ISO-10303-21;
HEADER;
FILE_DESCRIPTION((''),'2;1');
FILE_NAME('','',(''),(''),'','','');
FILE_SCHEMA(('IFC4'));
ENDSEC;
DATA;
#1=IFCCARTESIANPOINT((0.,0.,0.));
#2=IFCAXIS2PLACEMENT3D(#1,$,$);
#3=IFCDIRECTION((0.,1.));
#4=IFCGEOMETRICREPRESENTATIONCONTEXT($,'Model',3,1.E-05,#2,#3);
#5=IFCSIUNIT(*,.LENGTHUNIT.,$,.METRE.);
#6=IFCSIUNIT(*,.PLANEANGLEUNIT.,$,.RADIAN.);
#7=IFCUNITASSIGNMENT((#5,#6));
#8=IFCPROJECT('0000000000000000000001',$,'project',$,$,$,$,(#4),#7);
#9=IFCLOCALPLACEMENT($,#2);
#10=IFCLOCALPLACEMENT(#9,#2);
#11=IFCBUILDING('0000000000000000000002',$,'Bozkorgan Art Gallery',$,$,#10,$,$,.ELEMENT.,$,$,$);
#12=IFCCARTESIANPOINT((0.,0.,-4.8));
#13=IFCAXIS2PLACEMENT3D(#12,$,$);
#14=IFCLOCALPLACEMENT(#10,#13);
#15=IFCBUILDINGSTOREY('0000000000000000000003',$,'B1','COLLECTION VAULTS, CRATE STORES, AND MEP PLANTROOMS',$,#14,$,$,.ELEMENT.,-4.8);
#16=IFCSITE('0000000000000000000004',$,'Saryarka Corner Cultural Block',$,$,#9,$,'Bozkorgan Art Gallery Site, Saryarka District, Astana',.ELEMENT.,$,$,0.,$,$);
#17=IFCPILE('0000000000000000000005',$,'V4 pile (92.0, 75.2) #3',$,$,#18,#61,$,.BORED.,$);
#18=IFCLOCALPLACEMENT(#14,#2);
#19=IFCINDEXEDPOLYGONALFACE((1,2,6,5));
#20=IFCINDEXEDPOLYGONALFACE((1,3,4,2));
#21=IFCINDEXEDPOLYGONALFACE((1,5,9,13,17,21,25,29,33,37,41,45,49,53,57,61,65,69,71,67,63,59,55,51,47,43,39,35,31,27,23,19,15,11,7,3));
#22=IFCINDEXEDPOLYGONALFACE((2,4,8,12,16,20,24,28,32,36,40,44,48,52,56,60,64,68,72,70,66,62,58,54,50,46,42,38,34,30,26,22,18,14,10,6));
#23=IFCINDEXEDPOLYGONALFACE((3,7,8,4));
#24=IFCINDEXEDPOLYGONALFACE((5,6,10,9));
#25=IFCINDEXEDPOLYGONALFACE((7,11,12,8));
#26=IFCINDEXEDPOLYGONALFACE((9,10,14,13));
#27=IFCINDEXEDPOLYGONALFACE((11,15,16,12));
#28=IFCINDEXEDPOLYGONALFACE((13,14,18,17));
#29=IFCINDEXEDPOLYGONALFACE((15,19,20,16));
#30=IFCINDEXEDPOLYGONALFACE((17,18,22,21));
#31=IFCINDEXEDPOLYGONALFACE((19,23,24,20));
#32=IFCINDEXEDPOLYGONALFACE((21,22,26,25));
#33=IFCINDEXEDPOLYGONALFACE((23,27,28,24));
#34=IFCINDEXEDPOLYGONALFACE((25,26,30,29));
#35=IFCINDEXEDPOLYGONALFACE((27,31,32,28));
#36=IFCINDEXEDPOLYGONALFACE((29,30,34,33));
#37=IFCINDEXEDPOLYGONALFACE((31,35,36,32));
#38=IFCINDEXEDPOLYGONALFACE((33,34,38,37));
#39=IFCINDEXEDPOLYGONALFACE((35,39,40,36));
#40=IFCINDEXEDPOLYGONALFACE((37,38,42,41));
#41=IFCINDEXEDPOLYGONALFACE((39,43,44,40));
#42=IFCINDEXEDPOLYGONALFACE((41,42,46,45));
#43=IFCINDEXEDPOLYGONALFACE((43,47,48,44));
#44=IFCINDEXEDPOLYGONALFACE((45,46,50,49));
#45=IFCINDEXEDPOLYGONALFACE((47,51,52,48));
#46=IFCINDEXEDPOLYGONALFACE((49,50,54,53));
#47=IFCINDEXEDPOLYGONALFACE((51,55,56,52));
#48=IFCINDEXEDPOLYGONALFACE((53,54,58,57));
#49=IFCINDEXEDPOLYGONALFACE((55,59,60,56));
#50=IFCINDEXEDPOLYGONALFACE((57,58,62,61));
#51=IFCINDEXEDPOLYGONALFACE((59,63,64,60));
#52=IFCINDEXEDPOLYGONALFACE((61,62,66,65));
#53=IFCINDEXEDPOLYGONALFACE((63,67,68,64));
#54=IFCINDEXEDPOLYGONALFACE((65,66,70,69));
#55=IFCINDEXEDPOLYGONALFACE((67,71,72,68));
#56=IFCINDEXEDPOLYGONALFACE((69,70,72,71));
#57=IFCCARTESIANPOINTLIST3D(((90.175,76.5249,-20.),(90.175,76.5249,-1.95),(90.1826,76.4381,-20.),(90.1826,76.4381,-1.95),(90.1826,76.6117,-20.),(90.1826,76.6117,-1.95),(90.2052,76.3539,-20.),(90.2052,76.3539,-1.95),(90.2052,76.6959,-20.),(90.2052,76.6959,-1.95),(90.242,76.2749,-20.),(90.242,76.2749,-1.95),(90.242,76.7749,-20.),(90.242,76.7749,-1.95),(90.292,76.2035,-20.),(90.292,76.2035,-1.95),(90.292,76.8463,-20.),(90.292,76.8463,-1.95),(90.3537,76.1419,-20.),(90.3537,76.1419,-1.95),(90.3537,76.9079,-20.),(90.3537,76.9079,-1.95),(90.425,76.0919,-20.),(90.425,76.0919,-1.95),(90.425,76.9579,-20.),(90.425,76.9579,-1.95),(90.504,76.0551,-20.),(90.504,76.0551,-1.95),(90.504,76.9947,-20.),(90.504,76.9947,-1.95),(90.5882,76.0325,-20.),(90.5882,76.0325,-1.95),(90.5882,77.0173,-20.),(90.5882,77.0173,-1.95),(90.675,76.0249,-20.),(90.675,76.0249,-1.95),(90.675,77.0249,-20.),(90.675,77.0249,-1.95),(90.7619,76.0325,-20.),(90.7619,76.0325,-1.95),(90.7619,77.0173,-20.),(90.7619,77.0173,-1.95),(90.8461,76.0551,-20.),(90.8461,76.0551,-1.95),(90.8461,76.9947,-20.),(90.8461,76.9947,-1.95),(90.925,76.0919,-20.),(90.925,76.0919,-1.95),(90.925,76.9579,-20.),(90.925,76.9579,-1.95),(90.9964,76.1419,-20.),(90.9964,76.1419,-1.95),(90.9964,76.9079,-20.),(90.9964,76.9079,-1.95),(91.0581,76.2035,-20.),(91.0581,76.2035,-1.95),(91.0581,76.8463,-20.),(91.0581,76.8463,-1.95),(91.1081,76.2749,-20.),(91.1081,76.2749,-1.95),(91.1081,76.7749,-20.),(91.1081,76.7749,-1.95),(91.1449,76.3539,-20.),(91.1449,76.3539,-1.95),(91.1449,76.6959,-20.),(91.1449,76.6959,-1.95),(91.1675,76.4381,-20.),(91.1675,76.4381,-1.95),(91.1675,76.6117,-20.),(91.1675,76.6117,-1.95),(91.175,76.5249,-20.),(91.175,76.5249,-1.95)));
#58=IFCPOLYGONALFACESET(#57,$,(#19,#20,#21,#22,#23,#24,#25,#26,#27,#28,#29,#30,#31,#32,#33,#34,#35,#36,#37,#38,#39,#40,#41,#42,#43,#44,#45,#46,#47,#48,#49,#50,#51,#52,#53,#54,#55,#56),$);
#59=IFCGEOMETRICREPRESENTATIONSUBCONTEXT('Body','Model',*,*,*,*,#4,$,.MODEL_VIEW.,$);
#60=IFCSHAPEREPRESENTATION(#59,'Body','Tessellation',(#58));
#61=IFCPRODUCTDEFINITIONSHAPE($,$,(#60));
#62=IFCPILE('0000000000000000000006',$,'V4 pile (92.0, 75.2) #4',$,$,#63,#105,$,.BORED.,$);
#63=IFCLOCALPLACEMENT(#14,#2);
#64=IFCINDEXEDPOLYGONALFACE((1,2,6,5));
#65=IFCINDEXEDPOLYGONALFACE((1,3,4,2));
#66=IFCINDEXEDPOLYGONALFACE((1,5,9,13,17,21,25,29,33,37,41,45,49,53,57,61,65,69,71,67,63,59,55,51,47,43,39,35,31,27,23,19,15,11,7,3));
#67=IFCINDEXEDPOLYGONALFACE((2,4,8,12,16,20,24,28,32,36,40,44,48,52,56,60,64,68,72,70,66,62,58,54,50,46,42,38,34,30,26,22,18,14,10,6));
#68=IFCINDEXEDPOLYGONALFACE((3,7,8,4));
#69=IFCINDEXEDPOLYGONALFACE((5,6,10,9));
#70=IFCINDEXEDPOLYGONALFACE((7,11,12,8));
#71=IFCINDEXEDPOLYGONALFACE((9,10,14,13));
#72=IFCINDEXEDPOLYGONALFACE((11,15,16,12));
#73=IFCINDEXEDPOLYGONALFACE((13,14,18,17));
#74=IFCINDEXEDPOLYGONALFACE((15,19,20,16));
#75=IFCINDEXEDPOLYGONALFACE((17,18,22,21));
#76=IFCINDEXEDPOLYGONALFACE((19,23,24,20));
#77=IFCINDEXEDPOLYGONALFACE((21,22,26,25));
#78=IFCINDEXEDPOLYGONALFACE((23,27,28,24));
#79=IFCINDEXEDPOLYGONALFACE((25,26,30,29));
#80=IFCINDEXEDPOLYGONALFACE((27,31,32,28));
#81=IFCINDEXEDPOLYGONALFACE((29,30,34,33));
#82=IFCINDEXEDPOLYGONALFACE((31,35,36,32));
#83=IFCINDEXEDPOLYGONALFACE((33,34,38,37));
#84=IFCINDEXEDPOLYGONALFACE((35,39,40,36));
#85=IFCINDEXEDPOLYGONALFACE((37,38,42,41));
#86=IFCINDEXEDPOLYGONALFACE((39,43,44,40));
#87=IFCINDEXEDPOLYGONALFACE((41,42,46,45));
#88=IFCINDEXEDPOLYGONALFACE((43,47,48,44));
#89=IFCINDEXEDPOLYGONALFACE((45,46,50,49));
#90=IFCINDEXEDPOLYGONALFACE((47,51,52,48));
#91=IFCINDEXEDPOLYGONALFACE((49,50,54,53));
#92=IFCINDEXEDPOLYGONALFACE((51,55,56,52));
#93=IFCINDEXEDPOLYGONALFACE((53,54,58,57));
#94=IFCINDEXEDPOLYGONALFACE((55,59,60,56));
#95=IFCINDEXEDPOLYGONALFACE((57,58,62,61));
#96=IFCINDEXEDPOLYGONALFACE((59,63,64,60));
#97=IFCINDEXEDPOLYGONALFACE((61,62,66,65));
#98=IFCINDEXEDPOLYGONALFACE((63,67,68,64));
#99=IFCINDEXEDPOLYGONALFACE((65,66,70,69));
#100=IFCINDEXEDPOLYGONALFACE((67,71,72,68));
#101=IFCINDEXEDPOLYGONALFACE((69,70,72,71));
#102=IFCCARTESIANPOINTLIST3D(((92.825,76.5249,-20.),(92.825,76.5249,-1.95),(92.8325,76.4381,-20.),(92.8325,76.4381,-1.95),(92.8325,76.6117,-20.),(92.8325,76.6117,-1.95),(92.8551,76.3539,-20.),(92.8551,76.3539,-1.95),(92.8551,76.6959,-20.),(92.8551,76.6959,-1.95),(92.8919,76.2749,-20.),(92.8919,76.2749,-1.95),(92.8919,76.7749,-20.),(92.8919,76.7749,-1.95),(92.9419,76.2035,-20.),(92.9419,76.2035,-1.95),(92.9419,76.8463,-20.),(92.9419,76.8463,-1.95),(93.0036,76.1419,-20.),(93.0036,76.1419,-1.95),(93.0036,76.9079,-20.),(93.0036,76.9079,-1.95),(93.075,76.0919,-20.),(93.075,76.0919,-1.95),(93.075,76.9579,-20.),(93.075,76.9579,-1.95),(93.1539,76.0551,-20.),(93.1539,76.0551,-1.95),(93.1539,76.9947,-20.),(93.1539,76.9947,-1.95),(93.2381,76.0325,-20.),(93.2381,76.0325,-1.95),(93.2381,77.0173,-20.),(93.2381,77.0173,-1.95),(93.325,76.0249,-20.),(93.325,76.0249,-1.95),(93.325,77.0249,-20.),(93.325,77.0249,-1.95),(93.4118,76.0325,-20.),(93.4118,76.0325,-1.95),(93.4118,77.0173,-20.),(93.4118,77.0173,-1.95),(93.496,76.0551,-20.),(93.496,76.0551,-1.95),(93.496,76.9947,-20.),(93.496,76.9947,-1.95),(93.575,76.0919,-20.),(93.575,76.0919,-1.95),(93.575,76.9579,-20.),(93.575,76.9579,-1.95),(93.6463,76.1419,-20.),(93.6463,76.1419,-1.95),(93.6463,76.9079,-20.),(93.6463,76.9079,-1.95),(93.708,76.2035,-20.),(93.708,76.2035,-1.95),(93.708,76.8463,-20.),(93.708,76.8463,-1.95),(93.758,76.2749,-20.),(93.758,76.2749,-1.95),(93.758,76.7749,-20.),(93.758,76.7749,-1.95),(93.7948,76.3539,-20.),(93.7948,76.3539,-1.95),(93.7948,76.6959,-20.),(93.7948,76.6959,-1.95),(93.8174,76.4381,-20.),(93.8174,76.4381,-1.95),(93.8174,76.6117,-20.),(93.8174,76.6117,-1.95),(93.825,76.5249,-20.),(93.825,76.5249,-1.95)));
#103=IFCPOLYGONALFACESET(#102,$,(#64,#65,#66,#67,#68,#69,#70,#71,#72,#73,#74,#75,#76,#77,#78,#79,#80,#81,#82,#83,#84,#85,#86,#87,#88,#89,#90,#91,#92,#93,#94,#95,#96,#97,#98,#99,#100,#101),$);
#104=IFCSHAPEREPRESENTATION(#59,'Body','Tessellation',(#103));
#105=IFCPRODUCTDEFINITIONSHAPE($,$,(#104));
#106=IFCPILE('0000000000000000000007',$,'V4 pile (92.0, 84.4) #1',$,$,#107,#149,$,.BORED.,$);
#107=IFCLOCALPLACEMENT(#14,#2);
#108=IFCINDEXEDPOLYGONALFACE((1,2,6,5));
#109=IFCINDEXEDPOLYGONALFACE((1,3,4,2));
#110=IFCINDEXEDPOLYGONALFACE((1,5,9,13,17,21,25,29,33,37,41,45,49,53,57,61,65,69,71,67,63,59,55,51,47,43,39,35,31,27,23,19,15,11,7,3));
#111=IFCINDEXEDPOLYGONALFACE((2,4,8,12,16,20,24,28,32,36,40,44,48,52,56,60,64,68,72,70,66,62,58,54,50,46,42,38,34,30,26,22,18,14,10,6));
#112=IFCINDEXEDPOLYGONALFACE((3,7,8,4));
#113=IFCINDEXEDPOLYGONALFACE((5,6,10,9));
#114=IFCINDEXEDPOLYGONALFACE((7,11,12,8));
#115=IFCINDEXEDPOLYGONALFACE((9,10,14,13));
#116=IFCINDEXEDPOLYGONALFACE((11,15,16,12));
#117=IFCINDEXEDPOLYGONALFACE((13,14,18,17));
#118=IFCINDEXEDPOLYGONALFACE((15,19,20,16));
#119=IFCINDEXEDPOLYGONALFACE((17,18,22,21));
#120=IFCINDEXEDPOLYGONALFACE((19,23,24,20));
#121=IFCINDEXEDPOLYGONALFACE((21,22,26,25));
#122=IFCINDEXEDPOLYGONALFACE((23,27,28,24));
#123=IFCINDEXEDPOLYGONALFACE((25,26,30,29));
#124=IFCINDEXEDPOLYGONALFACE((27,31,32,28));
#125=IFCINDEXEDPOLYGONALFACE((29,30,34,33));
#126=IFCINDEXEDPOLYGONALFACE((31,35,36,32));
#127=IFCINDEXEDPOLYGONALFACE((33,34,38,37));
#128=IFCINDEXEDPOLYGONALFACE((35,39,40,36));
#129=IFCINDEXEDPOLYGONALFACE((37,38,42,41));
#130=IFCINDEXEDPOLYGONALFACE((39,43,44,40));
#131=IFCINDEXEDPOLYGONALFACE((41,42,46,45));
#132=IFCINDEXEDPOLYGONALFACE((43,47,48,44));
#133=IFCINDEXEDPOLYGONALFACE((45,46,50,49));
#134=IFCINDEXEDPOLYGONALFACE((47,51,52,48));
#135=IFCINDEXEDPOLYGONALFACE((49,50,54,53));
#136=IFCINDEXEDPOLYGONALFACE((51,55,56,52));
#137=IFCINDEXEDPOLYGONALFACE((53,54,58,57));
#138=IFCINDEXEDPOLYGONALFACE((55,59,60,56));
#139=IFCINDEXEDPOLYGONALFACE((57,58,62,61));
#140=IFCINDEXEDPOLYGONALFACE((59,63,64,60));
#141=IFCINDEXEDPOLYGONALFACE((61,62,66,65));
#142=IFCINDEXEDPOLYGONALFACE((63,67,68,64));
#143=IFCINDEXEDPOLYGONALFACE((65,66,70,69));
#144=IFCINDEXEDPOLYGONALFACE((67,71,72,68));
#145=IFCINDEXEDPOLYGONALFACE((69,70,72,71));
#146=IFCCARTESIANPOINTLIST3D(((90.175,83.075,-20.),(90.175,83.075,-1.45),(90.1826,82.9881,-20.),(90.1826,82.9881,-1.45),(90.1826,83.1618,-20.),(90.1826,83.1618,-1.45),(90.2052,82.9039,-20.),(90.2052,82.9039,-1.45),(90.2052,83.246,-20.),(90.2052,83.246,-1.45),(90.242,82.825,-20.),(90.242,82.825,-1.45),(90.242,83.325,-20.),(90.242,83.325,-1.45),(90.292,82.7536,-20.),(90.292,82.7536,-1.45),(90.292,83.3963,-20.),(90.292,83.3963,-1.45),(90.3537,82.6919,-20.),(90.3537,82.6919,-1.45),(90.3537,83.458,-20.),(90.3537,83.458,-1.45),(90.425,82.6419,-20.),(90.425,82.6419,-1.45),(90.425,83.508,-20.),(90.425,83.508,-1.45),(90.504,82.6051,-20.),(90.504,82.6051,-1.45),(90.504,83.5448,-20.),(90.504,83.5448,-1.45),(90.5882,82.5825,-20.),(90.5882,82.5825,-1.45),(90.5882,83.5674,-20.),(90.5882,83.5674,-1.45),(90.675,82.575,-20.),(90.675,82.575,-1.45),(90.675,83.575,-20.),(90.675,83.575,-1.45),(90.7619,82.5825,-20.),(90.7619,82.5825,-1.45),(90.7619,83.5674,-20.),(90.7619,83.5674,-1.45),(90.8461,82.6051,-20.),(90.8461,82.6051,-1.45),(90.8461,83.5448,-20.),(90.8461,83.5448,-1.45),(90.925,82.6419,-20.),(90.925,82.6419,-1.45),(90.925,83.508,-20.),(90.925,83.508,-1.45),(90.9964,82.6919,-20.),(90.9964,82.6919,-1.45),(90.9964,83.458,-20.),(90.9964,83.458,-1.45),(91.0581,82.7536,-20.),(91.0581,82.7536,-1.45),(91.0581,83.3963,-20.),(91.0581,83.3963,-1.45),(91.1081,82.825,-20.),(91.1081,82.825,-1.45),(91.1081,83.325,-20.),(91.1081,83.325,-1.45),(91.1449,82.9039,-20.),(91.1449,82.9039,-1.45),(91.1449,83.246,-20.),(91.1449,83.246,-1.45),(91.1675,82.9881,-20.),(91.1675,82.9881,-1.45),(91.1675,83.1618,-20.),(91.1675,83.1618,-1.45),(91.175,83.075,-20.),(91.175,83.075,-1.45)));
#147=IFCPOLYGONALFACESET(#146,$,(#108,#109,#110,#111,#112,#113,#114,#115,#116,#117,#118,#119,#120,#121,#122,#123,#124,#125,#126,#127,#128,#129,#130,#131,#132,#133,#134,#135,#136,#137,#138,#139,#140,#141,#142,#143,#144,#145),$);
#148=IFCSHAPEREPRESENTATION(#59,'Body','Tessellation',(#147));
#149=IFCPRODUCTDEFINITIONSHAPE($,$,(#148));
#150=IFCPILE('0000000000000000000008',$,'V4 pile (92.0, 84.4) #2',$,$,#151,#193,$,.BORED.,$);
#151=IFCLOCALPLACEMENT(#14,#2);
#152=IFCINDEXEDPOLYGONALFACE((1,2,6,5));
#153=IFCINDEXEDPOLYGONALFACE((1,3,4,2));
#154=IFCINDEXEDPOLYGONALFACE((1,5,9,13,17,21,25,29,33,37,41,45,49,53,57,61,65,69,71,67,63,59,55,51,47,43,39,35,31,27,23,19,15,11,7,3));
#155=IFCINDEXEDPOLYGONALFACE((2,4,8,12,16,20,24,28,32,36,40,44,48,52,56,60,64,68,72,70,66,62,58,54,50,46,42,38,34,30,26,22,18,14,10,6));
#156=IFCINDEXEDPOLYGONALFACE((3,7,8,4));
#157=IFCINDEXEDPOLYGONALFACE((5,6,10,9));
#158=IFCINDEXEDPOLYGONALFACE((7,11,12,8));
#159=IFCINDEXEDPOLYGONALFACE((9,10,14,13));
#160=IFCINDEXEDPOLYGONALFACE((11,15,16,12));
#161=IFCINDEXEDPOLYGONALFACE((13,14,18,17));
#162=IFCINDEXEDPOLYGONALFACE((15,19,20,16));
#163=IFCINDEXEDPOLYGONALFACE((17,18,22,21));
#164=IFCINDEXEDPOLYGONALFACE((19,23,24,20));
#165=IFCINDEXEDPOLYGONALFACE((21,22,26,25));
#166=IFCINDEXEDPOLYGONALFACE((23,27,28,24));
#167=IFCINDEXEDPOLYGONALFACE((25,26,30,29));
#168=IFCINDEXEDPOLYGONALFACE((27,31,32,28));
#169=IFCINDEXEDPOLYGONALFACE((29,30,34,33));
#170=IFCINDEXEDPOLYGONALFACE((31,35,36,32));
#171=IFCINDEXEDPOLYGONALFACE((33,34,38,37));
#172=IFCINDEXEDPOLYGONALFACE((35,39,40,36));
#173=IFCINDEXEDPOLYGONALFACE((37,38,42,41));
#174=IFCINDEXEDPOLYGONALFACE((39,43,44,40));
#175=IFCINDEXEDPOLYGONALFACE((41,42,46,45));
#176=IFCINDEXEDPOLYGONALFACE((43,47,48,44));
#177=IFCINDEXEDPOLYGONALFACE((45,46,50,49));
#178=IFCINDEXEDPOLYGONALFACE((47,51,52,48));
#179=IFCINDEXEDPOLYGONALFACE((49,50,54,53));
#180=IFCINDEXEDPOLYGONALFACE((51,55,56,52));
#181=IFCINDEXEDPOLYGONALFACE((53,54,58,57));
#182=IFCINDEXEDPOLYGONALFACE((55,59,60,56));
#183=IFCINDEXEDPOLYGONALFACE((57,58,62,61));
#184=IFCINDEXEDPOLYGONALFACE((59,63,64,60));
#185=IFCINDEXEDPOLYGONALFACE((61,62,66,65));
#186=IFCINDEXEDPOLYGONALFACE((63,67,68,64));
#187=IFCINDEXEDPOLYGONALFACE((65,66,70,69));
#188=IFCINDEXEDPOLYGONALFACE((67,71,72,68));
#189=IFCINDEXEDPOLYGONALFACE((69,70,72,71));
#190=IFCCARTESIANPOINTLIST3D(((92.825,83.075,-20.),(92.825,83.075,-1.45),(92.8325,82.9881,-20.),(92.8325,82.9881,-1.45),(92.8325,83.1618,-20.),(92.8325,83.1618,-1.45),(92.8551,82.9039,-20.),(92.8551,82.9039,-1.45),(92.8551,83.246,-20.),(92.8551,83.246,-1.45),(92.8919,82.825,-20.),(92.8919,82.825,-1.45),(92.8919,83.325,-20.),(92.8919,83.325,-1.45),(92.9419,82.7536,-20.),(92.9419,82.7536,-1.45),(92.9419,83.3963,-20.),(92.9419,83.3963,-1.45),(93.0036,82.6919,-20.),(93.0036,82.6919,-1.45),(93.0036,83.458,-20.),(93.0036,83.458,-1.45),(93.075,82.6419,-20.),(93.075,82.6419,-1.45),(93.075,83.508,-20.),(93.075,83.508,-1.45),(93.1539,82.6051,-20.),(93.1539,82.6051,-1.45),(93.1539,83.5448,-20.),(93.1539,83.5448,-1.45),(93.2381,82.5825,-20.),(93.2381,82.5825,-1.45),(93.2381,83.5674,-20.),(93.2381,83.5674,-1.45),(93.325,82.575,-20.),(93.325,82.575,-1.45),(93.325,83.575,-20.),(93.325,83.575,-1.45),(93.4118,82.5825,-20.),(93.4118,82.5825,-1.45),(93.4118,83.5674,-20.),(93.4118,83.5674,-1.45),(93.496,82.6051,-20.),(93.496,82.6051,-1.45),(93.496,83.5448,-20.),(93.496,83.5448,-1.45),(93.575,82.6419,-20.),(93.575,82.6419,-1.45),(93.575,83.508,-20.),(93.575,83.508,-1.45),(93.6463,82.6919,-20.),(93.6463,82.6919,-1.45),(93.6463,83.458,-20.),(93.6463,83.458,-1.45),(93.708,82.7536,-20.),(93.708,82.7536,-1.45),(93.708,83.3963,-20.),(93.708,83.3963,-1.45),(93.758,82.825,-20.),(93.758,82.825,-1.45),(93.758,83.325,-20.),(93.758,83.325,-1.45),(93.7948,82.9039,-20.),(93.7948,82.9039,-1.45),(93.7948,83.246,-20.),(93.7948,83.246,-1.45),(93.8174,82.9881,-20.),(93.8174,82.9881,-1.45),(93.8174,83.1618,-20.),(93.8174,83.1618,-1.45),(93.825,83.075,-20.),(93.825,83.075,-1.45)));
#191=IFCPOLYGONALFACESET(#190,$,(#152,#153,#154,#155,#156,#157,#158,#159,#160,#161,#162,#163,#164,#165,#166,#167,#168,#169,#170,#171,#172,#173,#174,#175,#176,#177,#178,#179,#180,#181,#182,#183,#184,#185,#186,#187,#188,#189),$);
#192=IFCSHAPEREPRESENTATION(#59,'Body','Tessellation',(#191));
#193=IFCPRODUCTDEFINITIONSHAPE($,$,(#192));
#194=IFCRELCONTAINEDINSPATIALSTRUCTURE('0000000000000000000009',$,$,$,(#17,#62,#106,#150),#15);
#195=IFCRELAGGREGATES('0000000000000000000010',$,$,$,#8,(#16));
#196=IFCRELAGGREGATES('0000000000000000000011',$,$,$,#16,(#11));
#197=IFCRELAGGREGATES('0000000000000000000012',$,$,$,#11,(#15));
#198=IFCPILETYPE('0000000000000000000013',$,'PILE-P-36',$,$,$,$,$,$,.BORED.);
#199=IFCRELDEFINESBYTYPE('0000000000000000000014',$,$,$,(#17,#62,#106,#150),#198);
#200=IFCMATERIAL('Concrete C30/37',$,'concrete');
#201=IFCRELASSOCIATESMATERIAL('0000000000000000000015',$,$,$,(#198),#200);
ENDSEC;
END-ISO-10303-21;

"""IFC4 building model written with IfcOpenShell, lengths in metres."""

from ifc_helpers import new_model, si_unit, direction, frame, origin, origin_2d, place, context, subcontext, project, spatial, circle, extrude, material, material_profile, profile_set, type_object, element, save


model = new_model("IFC4")

# Units and contexts
model_context = context("Model", 3, precision=1e-05, world=origin(), true_north=direction((0.0, 1.0)))
body_context = subcontext(model_context, "Body", "Model", "MODEL_VIEW")
ifc_project = project(units=[si_unit("LENGTHUNIT", "METRE"), si_unit("PLANEANGLEUNIT", "RADIAN")], contexts=[model_context])

# Site, building, storey
site_placement = place(None, origin())
site = spatial("IfcSite", under=ifc_project, at=site_placement, Name="Saryarka Corner Cultural Block", LongName="Bozkorgan Art Gallery Site, Saryarka District, Astana", CompositionType="ELEMENT", RefElevation=0.0)
building_placement = place(site_placement, origin())
building = spatial("IfcBuilding", under=site, at=building_placement, Name="Bozkorgan Art Gallery", CompositionType="ELEMENT")
storey_placement = place(building_placement, frame((0.0, 0.0, -4.8)))
storey = spatial("IfcBuildingStorey", under=building, at=storey_placement, Name="B1", Description="COLLECTION VAULTS, CRATE STORES, AND MEP PLANTROOMS", CompositionType="ELEMENT", Elevation=-4.8)

# Shared definitions
ifc_material_1 = material(Name="Concrete C30/37", Category="concrete")

# Piles
ifc_material_profile_1 = material_profile(ifc_material_1, circle(Radius=0.5, at=origin_2d()), Name="PILE D1000")
ifc_profile_set_1 = profile_set([ifc_material_profile_1], Name="Concrete C30/37")
pile_type = type_object("IfcPileType", Name="PILE-P-36", PredefinedType="BORED", material=ifc_profile_set_1)
for number, where, z_axis, x_axis, name in (
    (1, (90.675, 76.5249, -1.95), (0.0, 0.0, -1.0), (1.0, 0.0, 0.0), "V4 pile (92.0, 75.2) #3"),
    (2, (93.325, 76.5249, -1.95), (0.0, 0.0, -1.0), (1.0, 0.0, 0.0), "V4 pile (92.0, 75.2) #4"),
):
    element("IfcPile", number, at=place(storey_placement, frame(where, z_axis=z_axis, x_axis=x_axis)), inside=storey, type_object=pile_type, Name=name, PredefinedType="BORED", context=body_context, shape_type="SweptSolid", body=[
        extrude(circle(Radius=0.5, at=origin_2d()), origin(), (0.0, 0.0, 1.0), 18.05),
    ])
for number, where, z_axis, x_axis, name in (
    (3, (90.675, 83.075, -1.45), (0.0, 0.0, -1.0), (1.0, 0.0, 0.0), "V4 pile (92.0, 84.4) #1"),
    (4, (93.325, 83.075, -1.45), (0.0, 0.0, -1.0), (1.0, 0.0, 0.0), "V4 pile (92.0, 84.4) #2"),
):
    element("IfcPile", number, at=place(storey_placement, frame(where, z_axis=z_axis, x_axis=x_axis)), inside=storey, type_object=pile_type, Name=name, PredefinedType="BORED", context=body_context, shape_type="SweptSolid", body=[
        extrude(circle(Radius=0.5, at=origin_2d()), origin(), (0.0, 0.0, 1.0), 18.55),
    ])

save(model, "model.ifc")
